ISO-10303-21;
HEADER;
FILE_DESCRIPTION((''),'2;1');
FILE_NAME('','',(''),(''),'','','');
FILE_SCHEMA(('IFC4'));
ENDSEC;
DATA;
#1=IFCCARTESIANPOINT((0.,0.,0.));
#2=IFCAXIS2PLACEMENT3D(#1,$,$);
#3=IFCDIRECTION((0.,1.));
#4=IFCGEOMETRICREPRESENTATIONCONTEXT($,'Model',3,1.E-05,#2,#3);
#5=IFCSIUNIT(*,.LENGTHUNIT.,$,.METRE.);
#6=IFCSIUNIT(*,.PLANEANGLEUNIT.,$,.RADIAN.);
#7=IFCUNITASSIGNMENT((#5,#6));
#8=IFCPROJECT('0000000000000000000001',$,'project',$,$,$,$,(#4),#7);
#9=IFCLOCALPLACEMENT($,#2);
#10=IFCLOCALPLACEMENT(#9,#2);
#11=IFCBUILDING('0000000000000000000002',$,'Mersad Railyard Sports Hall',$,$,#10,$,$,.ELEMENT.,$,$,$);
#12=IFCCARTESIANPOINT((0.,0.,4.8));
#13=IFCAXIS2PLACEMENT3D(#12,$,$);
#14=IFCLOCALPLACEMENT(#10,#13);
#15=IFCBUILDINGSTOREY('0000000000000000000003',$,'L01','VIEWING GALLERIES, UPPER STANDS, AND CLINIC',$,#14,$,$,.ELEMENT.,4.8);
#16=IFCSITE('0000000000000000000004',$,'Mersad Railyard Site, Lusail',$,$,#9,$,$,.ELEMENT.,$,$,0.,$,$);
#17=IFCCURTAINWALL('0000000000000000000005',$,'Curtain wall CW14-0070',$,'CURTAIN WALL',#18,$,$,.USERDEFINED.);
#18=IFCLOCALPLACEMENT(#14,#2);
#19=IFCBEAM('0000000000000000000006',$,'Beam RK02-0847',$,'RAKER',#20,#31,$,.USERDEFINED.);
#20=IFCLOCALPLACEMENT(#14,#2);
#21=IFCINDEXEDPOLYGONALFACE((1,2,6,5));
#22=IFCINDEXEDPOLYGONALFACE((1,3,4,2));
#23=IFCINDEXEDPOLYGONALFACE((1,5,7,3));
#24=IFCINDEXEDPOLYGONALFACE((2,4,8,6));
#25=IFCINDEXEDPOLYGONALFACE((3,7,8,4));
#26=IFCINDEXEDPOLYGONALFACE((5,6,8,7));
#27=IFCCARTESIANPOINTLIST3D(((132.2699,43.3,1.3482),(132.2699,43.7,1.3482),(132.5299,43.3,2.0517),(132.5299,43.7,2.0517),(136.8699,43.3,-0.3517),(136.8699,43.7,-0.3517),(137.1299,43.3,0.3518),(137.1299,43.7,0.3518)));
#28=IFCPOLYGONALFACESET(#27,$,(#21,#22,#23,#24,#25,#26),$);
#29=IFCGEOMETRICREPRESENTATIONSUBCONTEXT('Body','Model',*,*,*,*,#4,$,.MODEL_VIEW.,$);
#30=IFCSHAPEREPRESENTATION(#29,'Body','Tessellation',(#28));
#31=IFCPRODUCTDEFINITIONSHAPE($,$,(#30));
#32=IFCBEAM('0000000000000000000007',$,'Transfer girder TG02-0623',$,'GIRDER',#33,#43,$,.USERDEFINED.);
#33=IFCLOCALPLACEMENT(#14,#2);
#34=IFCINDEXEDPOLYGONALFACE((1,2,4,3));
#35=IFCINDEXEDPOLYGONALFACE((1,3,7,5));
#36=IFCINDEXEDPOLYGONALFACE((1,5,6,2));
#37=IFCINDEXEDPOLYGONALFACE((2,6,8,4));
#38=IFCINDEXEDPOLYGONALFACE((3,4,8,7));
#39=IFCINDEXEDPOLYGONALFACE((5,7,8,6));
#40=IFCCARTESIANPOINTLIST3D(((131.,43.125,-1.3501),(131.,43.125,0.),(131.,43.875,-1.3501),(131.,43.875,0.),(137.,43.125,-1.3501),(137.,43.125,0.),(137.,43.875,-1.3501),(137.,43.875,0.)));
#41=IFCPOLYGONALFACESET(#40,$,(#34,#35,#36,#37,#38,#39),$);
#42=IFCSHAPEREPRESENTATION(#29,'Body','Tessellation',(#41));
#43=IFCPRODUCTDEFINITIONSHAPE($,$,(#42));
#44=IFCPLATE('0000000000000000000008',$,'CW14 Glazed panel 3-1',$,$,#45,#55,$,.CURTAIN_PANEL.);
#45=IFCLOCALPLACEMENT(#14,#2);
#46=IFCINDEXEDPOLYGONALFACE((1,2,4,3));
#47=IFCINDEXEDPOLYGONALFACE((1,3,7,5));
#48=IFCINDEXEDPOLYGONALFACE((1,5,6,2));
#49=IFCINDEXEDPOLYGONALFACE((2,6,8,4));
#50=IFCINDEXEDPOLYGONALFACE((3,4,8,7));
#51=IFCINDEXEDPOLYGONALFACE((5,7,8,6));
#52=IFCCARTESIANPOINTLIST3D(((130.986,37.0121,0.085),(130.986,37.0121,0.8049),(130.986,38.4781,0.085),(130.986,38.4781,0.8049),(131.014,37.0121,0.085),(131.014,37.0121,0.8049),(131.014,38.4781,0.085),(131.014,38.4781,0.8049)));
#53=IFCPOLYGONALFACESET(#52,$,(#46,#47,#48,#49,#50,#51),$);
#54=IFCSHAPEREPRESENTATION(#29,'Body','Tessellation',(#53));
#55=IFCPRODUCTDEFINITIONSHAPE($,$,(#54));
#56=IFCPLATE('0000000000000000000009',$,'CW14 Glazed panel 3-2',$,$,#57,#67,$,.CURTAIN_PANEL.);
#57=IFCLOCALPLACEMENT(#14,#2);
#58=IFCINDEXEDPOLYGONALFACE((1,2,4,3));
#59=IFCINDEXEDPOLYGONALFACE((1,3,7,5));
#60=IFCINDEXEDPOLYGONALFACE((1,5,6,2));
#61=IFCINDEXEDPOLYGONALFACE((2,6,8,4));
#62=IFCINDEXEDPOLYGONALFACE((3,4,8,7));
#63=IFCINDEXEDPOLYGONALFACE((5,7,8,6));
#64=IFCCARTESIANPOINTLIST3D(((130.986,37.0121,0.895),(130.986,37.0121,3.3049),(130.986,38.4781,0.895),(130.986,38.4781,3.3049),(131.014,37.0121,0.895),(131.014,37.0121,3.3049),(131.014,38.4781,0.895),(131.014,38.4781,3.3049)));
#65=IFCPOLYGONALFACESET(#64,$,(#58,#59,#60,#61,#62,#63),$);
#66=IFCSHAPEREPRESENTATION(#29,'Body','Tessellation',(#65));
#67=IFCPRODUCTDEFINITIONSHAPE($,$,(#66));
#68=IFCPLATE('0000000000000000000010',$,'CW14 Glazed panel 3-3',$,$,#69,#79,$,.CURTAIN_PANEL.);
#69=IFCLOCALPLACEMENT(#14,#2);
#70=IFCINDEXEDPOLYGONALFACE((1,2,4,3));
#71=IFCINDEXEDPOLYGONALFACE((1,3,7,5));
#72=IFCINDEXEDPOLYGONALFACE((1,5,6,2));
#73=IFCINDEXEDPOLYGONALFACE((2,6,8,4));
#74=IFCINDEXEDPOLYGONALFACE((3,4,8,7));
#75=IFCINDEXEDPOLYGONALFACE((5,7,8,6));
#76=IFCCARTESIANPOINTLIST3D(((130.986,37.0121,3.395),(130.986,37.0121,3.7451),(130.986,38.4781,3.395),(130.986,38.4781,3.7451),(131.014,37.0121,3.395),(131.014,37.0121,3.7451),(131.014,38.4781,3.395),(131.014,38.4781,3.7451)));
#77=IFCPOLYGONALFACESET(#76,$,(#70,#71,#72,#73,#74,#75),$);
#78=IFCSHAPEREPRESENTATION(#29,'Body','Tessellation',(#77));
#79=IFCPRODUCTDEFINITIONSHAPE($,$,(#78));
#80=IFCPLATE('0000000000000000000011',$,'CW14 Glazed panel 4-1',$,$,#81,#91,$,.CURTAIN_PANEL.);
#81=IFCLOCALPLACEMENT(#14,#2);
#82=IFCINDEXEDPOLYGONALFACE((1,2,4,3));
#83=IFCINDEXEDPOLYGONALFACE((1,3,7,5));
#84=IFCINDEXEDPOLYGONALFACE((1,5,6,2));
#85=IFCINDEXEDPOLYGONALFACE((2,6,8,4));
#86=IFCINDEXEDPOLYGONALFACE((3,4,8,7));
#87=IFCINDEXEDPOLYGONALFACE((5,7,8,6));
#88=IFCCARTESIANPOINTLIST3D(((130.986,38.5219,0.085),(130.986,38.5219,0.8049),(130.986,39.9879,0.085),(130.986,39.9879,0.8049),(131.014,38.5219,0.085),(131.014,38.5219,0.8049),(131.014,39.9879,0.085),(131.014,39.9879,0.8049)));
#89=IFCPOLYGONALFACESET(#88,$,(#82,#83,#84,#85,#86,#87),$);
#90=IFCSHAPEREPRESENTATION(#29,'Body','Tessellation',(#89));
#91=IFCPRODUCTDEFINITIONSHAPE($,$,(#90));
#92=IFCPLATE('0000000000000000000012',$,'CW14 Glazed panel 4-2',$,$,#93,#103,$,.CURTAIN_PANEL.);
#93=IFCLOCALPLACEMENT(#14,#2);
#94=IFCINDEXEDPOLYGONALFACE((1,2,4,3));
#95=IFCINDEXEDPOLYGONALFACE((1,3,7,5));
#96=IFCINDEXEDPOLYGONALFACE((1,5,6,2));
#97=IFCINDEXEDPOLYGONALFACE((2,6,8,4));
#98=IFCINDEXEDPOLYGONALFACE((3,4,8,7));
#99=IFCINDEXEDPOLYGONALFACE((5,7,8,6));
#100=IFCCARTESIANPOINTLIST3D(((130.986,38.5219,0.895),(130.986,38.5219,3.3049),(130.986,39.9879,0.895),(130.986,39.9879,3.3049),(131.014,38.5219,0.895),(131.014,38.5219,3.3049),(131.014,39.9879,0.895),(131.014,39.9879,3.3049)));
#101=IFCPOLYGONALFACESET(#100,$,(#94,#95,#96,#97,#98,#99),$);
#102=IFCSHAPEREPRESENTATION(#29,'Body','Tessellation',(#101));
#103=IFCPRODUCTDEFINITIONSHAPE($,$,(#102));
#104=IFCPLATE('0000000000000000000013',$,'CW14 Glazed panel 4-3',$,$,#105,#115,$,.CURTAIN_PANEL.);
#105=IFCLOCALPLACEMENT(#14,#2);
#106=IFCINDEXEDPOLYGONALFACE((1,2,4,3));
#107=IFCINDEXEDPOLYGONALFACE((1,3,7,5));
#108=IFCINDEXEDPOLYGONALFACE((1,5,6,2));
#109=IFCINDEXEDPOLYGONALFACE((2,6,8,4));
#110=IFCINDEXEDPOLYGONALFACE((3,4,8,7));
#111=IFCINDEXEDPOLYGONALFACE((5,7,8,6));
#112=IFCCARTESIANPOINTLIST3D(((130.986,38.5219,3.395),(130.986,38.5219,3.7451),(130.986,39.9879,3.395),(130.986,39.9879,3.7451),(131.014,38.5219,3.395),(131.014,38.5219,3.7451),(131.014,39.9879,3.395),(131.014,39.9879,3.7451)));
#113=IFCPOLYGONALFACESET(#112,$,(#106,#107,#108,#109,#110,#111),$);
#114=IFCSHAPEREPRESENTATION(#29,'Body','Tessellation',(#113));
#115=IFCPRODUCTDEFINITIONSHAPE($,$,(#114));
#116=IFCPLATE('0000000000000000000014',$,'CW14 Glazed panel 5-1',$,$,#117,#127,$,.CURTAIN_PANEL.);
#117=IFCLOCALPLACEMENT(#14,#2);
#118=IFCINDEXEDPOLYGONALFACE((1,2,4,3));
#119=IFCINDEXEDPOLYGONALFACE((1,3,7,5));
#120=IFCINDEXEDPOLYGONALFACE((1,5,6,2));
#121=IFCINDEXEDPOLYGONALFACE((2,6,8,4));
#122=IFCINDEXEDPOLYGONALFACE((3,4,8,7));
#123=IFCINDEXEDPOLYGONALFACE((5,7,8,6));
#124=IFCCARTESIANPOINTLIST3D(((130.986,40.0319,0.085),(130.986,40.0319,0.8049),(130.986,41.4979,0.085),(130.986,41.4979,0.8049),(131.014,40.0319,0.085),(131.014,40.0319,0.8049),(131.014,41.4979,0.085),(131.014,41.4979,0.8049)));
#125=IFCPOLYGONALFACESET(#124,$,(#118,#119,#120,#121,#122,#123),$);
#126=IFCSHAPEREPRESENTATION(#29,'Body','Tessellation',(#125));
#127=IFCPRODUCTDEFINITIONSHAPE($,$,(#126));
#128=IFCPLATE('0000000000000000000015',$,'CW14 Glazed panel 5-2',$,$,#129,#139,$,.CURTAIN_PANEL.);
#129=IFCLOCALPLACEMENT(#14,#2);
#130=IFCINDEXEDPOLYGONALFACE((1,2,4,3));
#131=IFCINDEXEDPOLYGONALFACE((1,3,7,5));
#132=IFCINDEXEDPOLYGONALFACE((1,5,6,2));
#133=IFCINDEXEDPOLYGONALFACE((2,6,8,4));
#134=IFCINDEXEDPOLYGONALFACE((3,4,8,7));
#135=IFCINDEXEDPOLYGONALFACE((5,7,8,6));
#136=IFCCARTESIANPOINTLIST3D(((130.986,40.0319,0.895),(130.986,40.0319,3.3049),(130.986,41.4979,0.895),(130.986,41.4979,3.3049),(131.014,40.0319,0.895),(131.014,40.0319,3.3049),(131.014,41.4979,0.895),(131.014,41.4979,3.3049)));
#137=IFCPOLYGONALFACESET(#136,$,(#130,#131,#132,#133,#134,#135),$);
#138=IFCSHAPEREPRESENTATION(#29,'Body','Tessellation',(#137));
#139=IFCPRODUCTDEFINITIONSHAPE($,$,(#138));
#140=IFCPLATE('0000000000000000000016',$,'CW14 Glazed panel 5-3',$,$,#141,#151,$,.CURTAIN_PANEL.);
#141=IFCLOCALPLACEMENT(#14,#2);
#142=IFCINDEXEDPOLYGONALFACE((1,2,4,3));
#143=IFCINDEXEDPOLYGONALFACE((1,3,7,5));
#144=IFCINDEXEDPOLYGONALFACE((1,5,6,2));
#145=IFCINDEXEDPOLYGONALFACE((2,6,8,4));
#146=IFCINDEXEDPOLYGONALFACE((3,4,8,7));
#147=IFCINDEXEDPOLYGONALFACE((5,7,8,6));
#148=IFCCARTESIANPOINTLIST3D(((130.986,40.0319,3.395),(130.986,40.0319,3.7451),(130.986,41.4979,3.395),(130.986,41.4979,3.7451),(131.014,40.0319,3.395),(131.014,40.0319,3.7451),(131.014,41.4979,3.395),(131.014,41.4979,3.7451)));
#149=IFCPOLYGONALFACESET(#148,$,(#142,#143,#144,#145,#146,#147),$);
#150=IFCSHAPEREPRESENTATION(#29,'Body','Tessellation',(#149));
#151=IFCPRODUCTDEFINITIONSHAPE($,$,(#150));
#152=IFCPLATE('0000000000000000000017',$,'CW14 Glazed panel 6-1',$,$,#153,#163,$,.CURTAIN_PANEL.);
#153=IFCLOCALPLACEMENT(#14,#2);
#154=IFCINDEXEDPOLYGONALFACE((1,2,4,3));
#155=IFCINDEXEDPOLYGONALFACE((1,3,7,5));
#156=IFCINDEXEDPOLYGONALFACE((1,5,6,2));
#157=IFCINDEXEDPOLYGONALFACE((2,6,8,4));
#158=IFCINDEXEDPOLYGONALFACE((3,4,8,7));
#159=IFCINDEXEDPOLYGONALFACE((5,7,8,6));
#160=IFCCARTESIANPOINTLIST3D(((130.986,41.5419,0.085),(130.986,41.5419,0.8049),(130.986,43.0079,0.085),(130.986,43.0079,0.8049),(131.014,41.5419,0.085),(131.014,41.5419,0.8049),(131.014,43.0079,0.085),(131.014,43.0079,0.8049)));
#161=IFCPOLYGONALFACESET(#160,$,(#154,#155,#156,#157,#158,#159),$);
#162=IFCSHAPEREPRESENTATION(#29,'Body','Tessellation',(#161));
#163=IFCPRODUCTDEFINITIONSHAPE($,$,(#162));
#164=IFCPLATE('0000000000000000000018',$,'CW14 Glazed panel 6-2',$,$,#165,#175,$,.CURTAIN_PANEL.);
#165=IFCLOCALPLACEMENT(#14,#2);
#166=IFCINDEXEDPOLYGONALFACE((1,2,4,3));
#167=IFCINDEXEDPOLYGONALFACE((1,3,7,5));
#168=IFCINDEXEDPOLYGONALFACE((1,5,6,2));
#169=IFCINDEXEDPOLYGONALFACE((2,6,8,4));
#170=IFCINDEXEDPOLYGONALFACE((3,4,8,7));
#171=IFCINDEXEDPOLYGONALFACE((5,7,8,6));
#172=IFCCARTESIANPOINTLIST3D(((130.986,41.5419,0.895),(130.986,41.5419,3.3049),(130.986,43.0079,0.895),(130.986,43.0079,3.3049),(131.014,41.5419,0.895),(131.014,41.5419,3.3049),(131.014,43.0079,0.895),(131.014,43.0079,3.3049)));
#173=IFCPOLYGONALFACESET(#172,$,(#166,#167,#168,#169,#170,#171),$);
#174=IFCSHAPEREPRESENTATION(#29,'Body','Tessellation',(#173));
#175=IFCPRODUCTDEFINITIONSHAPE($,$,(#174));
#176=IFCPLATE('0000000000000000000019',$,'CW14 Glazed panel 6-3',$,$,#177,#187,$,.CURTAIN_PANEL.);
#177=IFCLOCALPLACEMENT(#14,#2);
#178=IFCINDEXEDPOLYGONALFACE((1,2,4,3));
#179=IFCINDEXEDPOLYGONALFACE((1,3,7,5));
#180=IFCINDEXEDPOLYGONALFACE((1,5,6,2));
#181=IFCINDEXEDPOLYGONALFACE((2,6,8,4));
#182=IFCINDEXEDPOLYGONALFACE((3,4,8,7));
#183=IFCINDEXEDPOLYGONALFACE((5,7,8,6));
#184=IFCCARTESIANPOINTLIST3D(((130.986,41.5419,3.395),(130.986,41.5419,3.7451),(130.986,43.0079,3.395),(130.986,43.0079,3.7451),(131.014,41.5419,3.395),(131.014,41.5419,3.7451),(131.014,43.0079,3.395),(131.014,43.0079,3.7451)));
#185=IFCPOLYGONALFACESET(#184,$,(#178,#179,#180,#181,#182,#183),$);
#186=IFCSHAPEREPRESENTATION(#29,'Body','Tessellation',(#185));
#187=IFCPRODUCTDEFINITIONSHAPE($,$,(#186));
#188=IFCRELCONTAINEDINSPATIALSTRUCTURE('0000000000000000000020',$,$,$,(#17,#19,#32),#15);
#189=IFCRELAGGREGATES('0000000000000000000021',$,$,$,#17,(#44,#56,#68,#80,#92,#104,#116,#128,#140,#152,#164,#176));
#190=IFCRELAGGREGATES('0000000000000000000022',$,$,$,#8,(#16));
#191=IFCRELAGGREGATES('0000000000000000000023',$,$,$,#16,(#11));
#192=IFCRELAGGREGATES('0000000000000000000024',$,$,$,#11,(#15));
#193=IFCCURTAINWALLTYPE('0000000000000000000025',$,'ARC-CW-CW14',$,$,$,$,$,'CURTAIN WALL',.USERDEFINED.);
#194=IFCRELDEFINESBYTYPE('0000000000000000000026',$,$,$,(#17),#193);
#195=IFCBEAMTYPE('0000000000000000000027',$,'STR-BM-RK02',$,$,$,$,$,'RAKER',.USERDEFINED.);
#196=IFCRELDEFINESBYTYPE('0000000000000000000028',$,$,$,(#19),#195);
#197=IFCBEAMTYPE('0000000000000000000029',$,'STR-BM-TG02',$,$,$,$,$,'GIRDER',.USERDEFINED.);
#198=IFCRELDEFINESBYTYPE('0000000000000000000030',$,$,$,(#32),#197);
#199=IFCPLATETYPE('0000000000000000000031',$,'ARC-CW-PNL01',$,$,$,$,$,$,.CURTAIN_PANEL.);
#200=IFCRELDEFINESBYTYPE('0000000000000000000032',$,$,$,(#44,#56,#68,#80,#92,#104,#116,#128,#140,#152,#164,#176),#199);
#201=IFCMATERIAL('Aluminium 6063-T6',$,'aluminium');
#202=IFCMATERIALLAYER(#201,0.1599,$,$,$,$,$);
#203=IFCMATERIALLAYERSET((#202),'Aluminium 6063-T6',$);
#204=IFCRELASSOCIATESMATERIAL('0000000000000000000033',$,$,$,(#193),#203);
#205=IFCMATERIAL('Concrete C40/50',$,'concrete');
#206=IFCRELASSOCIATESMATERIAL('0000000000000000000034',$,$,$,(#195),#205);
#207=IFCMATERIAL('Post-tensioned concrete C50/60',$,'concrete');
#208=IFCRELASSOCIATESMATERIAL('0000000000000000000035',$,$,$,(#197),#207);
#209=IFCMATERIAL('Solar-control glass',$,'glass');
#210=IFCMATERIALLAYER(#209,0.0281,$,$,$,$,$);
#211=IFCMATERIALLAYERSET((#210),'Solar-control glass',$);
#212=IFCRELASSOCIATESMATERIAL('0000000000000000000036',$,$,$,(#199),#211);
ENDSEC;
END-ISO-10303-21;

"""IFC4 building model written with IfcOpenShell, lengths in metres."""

from ifc_helpers import new_model, si_unit, direction, frame, origin, origin_2d, place, context, subcontext, project, spatial, rectangle, extrude, material, layer, layer_set, material_profile, profile_set, type_object, element, aggregate, save


model = new_model("IFC4")

# Units and contexts
model_context = context("Model", 3, precision=1e-05, world=origin(), true_north=direction((0.0, 1.0)))
body_context = subcontext(model_context, "Body", "Model", "MODEL_VIEW")
ifc_project = project(units=[si_unit("LENGTHUNIT", "METRE"), si_unit("PLANEANGLEUNIT", "RADIAN")], contexts=[model_context])

# Site, building, storey
site_placement = place(None, origin())
site = spatial("IfcSite", under=ifc_project, at=site_placement, Name="Mersad Railyard Site, Lusail", CompositionType="ELEMENT", RefElevation=0.0)
building_placement = place(site_placement, origin())
building = spatial("IfcBuilding", under=site, at=building_placement, Name="Mersad Railyard Sports Hall", CompositionType="ELEMENT")
storey_placement = place(building_placement, frame((0.0, 0.0, 4.8)))
storey = spatial("IfcBuildingStorey", under=building, at=storey_placement, Name="L01", Description="VIEWING GALLERIES, UPPER STANDS, AND CLINIC", CompositionType="ELEMENT", Elevation=4.8)

# Shared definitions
ifc_material_1 = material(Name="Concrete C40/50", Category="concrete")

# Curtain wall
ifc_material_2 = material(Name="Aluminium 6063-T6", Category="aluminium")
ifc_layer_1 = layer(ifc_material_2, 0.1599)
ifc_layer_set_1 = layer_set([ifc_layer_1], Name="Aluminium 6063-T6")
curtain_wall_type_1 = type_object("IfcCurtainWallType", Name="ARC-CW-CW14", ElementType="CURTAIN WALL", PredefinedType="USERDEFINED", material=ifc_layer_set_1)
curtain_wall_1_placement = place(storey_placement, origin())
curtain_wall_1 = element("IfcCurtainWall", 1, at=curtain_wall_1_placement, inside=storey, type_object=curtain_wall_type_1, Name="Curtain wall CW14-0070", ObjectType="CURTAIN WALL", PredefinedType="USERDEFINED")

# Beams
ifc_material_profile_1 = material_profile(ifc_material_1, rectangle(XDim=0.3999, YDim=0.75, at=origin_2d()), Name="RC 400x750")
ifc_profile_set_1 = profile_set([ifc_material_profile_1], Name="Concrete C40/50")
beam_type_1 = type_object("IfcBeamType", Name="STR-BM-RK02", ElementType="RAKER", PredefinedType="USERDEFINED", material=ifc_profile_set_1)
beam_1_placement = place(storey_placement, frame((132.3999, 43.5, 1.7), z_axis=(0.938, 0.0, -0.346635), x_axis=(0.0, 1.0, 0.0)))
element("IfcBeam", 2, at=beam_1_placement, inside=storey, type_object=beam_type_1, Name="Beam RK02-0847", ObjectType="RAKER", PredefinedType="USERDEFINED", context=body_context, shape_type="SweptSolid", body=[
    extrude(rectangle(XDim=0.3999, YDim=0.75, at=origin_2d()), origin(), (0.0, 0.0, 1.0), 4.9041),
])
ifc_material_3 = material(Name="Post-tensioned concrete C50/60", Category="concrete")
ifc_material_profile_2 = material_profile(ifc_material_3, rectangle(XDim=0.75, YDim=1.3501, at=origin_2d()), Name="PT 750x1350")
ifc_profile_set_2 = profile_set([ifc_material_profile_2], Name="Post-tensioned concrete C50/60")
beam_type_2 = type_object("IfcBeamType", Name="STR-BM-TG02", ElementType="GIRDER", PredefinedType="USERDEFINED", material=ifc_profile_set_2)
beam_2_placement = place(storey_placement, frame((131.0, 43.5, -0.675), z_axis=(1.0, 0.0, 0.0), x_axis=(0.0, 1.0, 0.0)))
element("IfcBeam", 3, at=beam_2_placement, inside=storey, type_object=beam_type_2, Name="Transfer girder TG02-0623", ObjectType="GIRDER", PredefinedType="USERDEFINED", context=body_context, shape_type="SweptSolid", body=[
    extrude(rectangle(XDim=0.75, YDim=1.3501, at=origin_2d()), origin(), (0.0, 0.0, 1.0), 6.0),
])

# Plates
ifc_material_4 = material(Name="Solar-control glass", Category="glass")
ifc_layer_2 = layer(ifc_material_4, 0.0281)
ifc_layer_set_2 = layer_set([ifc_layer_2], Name="Solar-control glass")
plate_type = type_object("IfcPlateType", Name="ARC-CW-PNL01", PredefinedType="CURTAIN_PANEL", material=ifc_layer_set_2)
plate_1_placement = place(storey_placement, frame((131.0, 37.7451, 0.085), z_axis=(0.0, 0.0, 1.0), x_axis=(0.0, 1.0, 0.0)))
plate_1 = element("IfcPlate", 4, at=plate_1_placement, type_object=plate_type, Name="CW14 Glazed panel 3-1", PredefinedType="CURTAIN_PANEL", context=body_context, shape_type="SweptSolid", body=[
    extrude(rectangle(XDim=1.4661, YDim=0.0281, at=origin_2d()), origin(), (0.0, 0.0, 1.0), 0.72),
])
plate_2_placement = place(storey_placement, frame((131.0, 37.7451, 0.895), z_axis=(0.0, 0.0, 1.0), x_axis=(0.0, 1.0, 0.0)))
plate_2 = element("IfcPlate", 5, at=plate_2_placement, type_object=plate_type, Name="CW14 Glazed panel 3-2", PredefinedType="CURTAIN_PANEL", context=body_context, shape_type="SweptSolid", body=[
    extrude(rectangle(XDim=1.4661, YDim=0.0281, at=origin_2d()), origin(), (0.0, 0.0, 1.0), 2.4099),
])
plate_3_placement = place(storey_placement, frame((131.0, 37.7451, 3.395), z_axis=(0.0, 0.0, 1.0), x_axis=(0.0, 1.0, 0.0)))
plate_3 = element("IfcPlate", 6, at=plate_3_placement, type_object=plate_type, Name="CW14 Glazed panel 3-3", PredefinedType="CURTAIN_PANEL", context=body_context, shape_type="SweptSolid", body=[
    extrude(rectangle(XDim=1.4661, YDim=0.0281, at=origin_2d()), origin(), (0.0, 0.0, 1.0), 0.3501),
])
plate_4_placement = place(storey_placement, frame((131.0, 39.2549, 0.085), z_axis=(0.0, 0.0, 1.0), x_axis=(0.0, 1.0, 0.0)))
plate_4 = element("IfcPlate", 7, at=plate_4_placement, type_object=plate_type, Name="CW14 Glazed panel 4-1", PredefinedType="CURTAIN_PANEL", context=body_context, shape_type="SweptSolid", body=[
    extrude(rectangle(XDim=1.4661, YDim=0.0281, at=origin_2d()), origin(), (0.0, 0.0, 1.0), 0.72),
])
plate_5_placement = place(storey_placement, frame((131.0, 39.2549, 0.895), z_axis=(0.0, 0.0, 1.0), x_axis=(0.0, 1.0, 0.0)))
plate_5 = element("IfcPlate", 8, at=plate_5_placement, type_object=plate_type, Name="CW14 Glazed panel 4-2", PredefinedType="CURTAIN_PANEL", context=body_context, shape_type="SweptSolid", body=[
    extrude(rectangle(XDim=1.4661, YDim=0.0281, at=origin_2d()), origin(), (0.0, 0.0, 1.0), 2.4099),
])
plate_6_placement = place(storey_placement, frame((131.0, 39.2549, 3.395), z_axis=(0.0, 0.0, 1.0), x_axis=(0.0, 1.0, 0.0)))
plate_6 = element("IfcPlate", 9, at=plate_6_placement, type_object=plate_type, Name="CW14 Glazed panel 4-3", PredefinedType="CURTAIN_PANEL", context=body_context, shape_type="SweptSolid", body=[
    extrude(rectangle(XDim=1.4661, YDim=0.0281, at=origin_2d()), origin(), (0.0, 0.0, 1.0), 0.3501),
])
plate_7_placement = place(storey_placement, frame((131.0, 40.7649, 0.085), z_axis=(0.0, 0.0, 1.0), x_axis=(0.0, 1.0, 0.0)))
plate_7 = element("IfcPlate", 10, at=plate_7_placement, type_object=plate_type, Name="CW14 Glazed panel 5-1", PredefinedType="CURTAIN_PANEL", context=body_context, shape_type="SweptSolid", body=[
    extrude(rectangle(XDim=1.4661, YDim=0.0281, at=origin_2d()), origin(), (0.0, 0.0, 1.0), 0.72),
])
plate_8_placement = place(storey_placement, frame((131.0, 40.7649, 0.895), z_axis=(0.0, 0.0, 1.0), x_axis=(0.0, 1.0, 0.0)))
plate_8 = element("IfcPlate", 11, at=plate_8_placement, type_object=plate_type, Name="CW14 Glazed panel 5-2", PredefinedType="CURTAIN_PANEL", context=body_context, shape_type="SweptSolid", body=[
    extrude(rectangle(XDim=1.4661, YDim=0.0281, at=origin_2d()), origin(), (0.0, 0.0, 1.0), 2.4099),
])
plate_9_placement = place(storey_placement, frame((131.0, 40.7649, 3.395), z_axis=(0.0, 0.0, 1.0), x_axis=(0.0, 1.0, 0.0)))
plate_9 = element("IfcPlate", 12, at=plate_9_placement, type_object=plate_type, Name="CW14 Glazed panel 5-3", PredefinedType="CURTAIN_PANEL", context=body_context, shape_type="SweptSolid", body=[
    extrude(rectangle(XDim=1.4661, YDim=0.0281, at=origin_2d()), origin(), (0.0, 0.0, 1.0), 0.3501),
])
plate_10_placement = place(storey_placement, frame((131.0, 42.2749, 0.085), z_axis=(0.0, 0.0, 1.0), x_axis=(0.0, 1.0, 0.0)))
plate_10 = element("IfcPlate", 13, at=plate_10_placement, type_object=plate_type, Name="CW14 Glazed panel 6-1", PredefinedType="CURTAIN_PANEL", context=body_context, shape_type="SweptSolid", body=[
    extrude(rectangle(XDim=1.4661, YDim=0.0281, at=origin_2d()), origin(), (0.0, 0.0, 1.0), 0.72),
])
plate_11_placement = place(storey_placement, frame((131.0, 42.2749, 0.895), z_axis=(0.0, 0.0, 1.0), x_axis=(0.0, 1.0, 0.0)))
plate_11 = element("IfcPlate", 14, at=plate_11_placement, type_object=plate_type, Name="CW14 Glazed panel 6-2", PredefinedType="CURTAIN_PANEL", context=body_context, shape_type="SweptSolid", body=[
    extrude(rectangle(XDim=1.4661, YDim=0.0281, at=origin_2d()), origin(), (0.0, 0.0, 1.0), 2.4099),
])
plate_12_placement = place(storey_placement, frame((131.0, 42.2749, 3.395), z_axis=(0.0, 0.0, 1.0), x_axis=(0.0, 1.0, 0.0)))
plate_12 = element("IfcPlate", 15, at=plate_12_placement, type_object=plate_type, Name="CW14 Glazed panel 6-3", PredefinedType="CURTAIN_PANEL", context=body_context, shape_type="SweptSolid", body=[
    extrude(rectangle(XDim=1.4661, YDim=0.0281, at=origin_2d()), origin(), (0.0, 0.0, 1.0), 0.3501),
])
aggregate(curtain_wall_1, [plate_1, plate_2, plate_3, plate_4, plate_5, plate_6, plate_7, plate_8, plate_9, plate_10, plate_11, plate_12])

save(model, "model.ifc")
